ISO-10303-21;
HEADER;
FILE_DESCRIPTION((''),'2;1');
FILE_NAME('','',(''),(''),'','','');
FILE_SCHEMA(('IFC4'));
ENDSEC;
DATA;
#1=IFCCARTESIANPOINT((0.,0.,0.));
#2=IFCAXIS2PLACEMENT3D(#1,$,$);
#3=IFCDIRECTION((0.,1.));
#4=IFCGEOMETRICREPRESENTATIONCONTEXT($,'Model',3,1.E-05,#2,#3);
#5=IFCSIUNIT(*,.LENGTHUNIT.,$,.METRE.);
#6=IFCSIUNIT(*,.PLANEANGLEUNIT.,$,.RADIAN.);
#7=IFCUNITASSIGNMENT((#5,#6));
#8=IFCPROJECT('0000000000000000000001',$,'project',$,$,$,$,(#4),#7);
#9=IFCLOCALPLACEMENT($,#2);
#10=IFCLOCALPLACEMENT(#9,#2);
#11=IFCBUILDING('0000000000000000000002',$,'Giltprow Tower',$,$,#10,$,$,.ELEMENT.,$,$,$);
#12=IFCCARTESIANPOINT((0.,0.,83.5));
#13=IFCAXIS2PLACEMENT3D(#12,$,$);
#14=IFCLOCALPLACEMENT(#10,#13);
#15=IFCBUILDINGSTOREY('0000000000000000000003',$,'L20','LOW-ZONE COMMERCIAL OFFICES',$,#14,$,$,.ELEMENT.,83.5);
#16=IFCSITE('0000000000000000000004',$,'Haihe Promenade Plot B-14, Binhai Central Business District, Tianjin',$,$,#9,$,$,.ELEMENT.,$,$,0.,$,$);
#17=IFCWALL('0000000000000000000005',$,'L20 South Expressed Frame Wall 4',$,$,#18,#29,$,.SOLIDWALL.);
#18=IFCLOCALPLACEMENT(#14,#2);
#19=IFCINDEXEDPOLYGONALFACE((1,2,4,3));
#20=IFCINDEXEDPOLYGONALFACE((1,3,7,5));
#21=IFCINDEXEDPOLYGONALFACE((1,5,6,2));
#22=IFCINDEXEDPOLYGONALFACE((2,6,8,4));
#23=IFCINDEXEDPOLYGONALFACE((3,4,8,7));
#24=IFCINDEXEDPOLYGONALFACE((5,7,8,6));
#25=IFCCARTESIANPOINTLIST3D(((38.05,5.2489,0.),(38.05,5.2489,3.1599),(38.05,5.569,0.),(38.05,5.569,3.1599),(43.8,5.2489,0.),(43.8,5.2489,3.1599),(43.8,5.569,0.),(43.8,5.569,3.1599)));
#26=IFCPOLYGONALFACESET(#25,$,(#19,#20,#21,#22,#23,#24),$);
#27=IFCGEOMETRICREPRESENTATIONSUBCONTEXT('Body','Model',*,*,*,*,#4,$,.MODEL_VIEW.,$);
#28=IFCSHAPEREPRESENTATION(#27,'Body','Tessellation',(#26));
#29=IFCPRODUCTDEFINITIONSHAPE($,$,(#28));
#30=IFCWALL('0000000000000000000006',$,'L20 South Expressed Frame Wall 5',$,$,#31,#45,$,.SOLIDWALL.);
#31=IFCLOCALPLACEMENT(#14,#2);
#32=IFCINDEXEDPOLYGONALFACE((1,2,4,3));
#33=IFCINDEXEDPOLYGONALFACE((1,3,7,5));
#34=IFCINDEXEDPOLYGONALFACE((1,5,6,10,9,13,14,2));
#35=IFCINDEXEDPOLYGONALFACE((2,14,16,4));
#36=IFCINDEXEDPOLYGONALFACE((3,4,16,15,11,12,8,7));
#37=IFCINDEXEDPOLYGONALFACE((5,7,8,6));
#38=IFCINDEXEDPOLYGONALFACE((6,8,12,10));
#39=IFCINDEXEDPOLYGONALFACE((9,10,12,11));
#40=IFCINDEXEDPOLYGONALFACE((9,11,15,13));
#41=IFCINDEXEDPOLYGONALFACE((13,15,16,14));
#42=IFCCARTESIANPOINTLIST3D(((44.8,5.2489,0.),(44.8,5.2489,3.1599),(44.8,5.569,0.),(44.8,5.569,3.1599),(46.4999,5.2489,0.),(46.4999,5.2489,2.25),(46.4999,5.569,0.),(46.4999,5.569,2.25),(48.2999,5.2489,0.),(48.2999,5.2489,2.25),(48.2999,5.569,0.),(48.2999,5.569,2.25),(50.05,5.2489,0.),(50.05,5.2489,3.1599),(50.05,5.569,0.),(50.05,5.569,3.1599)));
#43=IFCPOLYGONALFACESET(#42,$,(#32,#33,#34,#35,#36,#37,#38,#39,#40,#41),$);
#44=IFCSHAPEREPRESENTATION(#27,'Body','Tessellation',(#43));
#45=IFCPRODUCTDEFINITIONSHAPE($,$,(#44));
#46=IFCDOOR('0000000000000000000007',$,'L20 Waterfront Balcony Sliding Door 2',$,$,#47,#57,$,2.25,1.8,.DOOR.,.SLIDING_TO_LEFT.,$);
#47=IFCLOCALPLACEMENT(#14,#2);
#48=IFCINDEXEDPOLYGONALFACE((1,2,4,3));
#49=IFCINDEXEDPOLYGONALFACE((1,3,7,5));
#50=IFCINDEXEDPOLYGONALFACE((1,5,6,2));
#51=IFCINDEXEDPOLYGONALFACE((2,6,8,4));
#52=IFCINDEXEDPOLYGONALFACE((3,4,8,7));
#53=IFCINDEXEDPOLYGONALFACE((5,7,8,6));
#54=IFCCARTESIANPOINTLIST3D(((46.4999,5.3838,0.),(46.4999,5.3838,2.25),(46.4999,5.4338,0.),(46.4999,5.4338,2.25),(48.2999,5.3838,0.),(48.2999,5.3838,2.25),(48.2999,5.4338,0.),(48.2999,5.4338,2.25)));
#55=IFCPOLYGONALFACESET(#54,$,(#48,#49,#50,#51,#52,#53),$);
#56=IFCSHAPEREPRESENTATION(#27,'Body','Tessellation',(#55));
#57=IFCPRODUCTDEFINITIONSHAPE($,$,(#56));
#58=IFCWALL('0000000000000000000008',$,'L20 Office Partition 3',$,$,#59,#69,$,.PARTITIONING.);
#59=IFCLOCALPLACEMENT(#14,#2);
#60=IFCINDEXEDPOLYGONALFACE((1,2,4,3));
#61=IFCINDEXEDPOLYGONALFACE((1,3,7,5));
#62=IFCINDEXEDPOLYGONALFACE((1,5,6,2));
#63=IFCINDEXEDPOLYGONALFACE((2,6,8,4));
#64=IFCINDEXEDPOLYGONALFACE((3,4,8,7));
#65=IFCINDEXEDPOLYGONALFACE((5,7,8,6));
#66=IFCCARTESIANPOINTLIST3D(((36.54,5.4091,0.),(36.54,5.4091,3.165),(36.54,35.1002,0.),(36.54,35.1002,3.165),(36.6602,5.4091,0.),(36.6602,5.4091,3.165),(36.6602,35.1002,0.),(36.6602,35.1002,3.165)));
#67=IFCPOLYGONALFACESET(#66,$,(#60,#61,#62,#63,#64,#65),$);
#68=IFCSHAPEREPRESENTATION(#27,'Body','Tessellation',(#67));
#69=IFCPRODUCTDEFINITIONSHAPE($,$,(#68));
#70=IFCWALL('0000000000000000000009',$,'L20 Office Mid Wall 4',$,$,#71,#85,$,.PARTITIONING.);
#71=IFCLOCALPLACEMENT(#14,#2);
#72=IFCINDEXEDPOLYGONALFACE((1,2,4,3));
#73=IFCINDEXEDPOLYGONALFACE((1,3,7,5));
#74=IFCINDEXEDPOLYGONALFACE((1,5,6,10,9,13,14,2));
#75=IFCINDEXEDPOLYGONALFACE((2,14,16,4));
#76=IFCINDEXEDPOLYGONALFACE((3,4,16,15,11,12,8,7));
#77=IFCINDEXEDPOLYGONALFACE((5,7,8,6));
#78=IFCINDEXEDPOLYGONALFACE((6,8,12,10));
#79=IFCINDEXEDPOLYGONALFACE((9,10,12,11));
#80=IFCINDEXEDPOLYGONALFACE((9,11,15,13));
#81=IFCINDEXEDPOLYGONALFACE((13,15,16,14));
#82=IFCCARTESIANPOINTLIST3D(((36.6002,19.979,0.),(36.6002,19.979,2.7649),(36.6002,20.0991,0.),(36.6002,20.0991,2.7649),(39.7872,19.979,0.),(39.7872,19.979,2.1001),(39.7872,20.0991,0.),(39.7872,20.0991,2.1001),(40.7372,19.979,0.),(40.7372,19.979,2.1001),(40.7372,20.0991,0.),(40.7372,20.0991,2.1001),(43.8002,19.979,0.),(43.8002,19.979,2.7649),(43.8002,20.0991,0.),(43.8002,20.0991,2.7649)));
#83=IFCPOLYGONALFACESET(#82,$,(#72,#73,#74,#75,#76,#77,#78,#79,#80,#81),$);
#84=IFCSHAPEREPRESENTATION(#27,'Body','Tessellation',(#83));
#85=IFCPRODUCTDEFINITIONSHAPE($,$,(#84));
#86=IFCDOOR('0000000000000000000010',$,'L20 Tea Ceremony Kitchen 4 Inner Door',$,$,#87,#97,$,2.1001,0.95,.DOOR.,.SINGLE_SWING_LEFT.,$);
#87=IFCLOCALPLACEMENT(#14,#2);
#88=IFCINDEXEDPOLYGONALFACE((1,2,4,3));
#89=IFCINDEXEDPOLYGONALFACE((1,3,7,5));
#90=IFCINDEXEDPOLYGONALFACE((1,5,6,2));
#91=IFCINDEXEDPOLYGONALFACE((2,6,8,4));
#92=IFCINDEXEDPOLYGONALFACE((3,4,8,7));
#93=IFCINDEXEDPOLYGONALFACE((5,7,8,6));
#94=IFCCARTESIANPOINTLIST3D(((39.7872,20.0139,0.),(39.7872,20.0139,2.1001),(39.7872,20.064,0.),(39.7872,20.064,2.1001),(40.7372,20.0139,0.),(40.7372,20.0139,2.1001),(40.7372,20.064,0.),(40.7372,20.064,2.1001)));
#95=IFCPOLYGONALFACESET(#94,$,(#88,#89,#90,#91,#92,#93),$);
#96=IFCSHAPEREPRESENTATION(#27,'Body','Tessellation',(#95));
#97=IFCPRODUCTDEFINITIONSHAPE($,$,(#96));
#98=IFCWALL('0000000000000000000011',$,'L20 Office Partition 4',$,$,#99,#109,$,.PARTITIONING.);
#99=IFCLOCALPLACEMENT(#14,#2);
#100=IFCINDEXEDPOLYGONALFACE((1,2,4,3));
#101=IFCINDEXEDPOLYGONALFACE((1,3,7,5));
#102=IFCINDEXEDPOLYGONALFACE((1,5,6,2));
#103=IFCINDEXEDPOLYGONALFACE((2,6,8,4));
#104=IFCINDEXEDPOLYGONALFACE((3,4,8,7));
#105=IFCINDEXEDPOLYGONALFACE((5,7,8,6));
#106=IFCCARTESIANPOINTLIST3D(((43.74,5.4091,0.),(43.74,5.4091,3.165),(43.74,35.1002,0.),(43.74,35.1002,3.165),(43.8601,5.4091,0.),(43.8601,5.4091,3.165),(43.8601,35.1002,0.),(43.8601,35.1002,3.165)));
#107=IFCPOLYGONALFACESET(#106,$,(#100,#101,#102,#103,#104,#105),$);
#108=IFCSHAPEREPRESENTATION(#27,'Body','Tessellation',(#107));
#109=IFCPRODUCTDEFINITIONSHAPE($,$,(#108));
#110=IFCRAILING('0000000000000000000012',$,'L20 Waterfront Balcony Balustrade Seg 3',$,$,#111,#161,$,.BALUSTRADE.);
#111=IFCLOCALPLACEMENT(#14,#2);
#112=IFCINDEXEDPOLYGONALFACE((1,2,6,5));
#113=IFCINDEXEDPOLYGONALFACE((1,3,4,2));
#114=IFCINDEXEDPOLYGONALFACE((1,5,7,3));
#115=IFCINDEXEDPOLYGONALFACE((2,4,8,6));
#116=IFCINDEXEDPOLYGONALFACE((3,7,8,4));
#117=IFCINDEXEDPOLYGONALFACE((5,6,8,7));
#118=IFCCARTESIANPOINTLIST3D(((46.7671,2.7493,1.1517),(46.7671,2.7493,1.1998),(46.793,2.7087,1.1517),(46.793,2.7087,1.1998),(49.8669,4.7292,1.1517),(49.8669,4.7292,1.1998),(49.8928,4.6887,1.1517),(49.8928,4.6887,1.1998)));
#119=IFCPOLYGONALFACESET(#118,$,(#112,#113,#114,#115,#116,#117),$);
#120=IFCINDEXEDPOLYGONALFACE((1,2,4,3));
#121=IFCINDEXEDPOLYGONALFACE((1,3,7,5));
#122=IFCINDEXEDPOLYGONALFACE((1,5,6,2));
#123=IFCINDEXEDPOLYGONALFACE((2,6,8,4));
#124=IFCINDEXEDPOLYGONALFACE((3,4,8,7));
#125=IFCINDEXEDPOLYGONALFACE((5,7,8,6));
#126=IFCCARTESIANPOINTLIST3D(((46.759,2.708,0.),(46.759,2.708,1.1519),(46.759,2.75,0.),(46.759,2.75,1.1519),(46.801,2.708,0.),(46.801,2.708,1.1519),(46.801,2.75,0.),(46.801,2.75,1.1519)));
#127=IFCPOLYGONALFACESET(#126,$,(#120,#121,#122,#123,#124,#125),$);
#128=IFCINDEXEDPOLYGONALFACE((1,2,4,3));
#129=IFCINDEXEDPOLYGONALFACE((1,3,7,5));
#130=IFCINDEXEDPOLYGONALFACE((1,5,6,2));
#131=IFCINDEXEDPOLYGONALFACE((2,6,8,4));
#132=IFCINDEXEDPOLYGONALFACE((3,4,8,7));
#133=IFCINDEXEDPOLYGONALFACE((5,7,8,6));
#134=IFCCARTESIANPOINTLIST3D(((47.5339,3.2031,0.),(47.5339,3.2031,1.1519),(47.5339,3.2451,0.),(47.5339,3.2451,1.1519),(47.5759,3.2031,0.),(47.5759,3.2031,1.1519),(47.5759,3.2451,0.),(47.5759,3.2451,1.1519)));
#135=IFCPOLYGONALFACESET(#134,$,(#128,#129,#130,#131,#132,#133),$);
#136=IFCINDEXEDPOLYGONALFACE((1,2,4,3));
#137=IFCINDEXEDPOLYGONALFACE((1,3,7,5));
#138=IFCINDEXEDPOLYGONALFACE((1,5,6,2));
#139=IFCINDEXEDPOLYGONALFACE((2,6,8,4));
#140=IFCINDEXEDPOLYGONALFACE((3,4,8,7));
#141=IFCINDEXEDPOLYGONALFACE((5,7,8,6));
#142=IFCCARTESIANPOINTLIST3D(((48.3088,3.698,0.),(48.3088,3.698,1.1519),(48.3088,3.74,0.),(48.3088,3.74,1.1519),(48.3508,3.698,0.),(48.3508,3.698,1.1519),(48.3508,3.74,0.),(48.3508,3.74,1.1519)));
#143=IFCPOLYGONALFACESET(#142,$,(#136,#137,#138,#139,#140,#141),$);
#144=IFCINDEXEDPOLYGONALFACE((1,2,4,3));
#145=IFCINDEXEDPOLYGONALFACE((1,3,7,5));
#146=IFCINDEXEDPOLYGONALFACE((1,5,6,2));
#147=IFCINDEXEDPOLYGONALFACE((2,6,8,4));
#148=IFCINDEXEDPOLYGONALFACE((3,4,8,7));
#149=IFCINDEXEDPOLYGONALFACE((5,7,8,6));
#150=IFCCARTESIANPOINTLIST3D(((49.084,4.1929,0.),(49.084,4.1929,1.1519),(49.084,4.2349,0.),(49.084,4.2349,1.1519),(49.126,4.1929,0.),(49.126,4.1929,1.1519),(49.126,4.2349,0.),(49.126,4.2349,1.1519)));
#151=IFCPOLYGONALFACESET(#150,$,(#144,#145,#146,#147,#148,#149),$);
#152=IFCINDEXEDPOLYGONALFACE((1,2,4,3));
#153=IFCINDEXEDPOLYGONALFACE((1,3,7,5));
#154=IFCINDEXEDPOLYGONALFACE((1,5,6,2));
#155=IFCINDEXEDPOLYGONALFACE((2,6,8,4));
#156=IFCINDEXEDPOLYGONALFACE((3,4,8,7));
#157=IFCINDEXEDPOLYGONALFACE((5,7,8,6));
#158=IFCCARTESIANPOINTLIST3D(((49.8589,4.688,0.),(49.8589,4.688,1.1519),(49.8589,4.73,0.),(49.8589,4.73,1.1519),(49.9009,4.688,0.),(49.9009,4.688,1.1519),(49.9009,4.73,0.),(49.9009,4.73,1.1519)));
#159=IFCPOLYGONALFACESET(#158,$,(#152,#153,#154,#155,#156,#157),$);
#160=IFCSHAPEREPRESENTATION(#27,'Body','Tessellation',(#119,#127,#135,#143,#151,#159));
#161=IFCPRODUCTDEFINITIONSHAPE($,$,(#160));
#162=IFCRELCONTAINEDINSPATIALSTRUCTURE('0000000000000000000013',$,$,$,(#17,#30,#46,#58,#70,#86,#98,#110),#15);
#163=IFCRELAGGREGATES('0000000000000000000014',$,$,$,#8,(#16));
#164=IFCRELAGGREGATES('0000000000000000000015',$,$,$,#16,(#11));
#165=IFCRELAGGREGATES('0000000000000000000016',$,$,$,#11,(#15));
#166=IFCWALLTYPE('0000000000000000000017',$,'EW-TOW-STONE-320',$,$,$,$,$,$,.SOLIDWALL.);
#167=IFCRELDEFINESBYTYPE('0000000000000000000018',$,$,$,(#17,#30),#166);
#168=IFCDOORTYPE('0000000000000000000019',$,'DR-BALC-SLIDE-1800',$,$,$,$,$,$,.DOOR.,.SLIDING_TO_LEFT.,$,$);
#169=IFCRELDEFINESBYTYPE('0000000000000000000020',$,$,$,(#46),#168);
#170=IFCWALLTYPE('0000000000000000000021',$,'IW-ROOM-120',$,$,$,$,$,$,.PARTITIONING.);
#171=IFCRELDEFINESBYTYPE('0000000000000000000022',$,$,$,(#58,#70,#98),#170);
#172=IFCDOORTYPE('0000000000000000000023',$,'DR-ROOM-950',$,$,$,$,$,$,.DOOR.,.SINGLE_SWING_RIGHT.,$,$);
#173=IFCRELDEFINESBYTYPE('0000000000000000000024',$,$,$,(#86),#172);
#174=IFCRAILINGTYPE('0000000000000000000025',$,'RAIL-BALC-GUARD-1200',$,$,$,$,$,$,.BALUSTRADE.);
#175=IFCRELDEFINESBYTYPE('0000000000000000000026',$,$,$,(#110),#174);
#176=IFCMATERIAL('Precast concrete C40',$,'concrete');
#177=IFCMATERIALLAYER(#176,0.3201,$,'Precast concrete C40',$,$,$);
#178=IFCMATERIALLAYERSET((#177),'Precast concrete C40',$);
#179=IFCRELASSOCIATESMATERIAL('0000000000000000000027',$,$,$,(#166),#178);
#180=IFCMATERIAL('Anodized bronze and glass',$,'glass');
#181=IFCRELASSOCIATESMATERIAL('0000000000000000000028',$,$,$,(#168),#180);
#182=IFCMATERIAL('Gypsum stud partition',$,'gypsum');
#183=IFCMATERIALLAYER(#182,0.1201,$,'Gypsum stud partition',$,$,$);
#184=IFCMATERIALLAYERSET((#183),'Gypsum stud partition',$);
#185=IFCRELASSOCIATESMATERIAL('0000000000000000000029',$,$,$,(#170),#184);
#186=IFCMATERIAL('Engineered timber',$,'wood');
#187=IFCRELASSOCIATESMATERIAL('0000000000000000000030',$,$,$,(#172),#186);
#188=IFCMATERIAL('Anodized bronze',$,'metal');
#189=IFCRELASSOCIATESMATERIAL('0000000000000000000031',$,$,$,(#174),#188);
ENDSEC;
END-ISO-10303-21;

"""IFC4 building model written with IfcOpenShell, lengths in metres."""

from ifc_helpers import new_model, si_unit, direction, frame, frame_2d, origin, origin_2d, place, context, subcontext, project, spatial, rectangle, extrude, source, transform, mapped, material, layer, layer_set, type_object, element, fill, save


model = new_model("IFC4")

# Units and contexts
model_context = context("Model", 3, precision=1e-05, world=origin(), true_north=direction((0.0, 1.0)))
body_context = subcontext(model_context, "Body", "Model", "MODEL_VIEW")
ifc_project = project(units=[si_unit("LENGTHUNIT", "METRE"), si_unit("PLANEANGLEUNIT", "RADIAN")], contexts=[model_context])

# Site, building, storey
site_placement = place(None, origin())
site = spatial("IfcSite", under=ifc_project, at=site_placement, Name="Haihe Promenade Plot B-14, Binhai Central Business District, Tianjin", CompositionType="ELEMENT", RefElevation=0.0)
building_placement = place(site_placement, origin())
building = spatial("IfcBuilding", under=site, at=building_placement, Name="Giltprow Tower", CompositionType="ELEMENT")
storey_placement = place(building_placement, frame((0.0, 0.0, 83.5)))
storey = spatial("IfcBuildingStorey", under=building, at=storey_placement, Name="L20", Description="LOW-ZONE COMMERCIAL OFFICES", CompositionType="ELEMENT", Elevation=83.5)

# Shared definitions
ifc_material_1 = material(Name="Anodized bronze", Category="metal")

# Wall
ifc_material_2 = material(Name="Precast concrete C40", Category="concrete")
ifc_layer_1 = layer(ifc_material_2, 0.3201, Name="Precast concrete C40")
ifc_layer_set_1 = layer_set([ifc_layer_1], Name="Precast concrete C40")
wall_type_1 = type_object("IfcWallType", Name="EW-TOW-STONE-320", PredefinedType="SOLIDWALL", material=ifc_layer_set_1)
for number, where, z_axis, x_axis, name in (
    (1, (38.05, 5.4089, 0.0), (0.0, 0.0, 1.0), (1.0, 0.0, 0.0), "L20 South Expressed Frame Wall 4"),
):
    element("IfcWall", number, at=place(storey_placement, frame(where, z_axis=z_axis, x_axis=x_axis)), inside=storey, type_object=wall_type_1, Name=name, PredefinedType="SOLIDWALL", context=body_context, shape_type="SweptSolid", body=[
        extrude(rectangle(XDim=5.75, YDim=0.3201, at=frame_2d((2.875, 0.0))), origin(), (0.0, 0.0, 1.0), 3.1599),
    ])

# Wall, opening, door
wall_1_placement = place(storey_placement, frame((44.8, 5.4089, 0.0), z_axis=(0.0, 0.0, 1.0), x_axis=(1.0, 0.0, 0.0)))
wall_1 = element("IfcWall", 2, at=wall_1_placement, inside=storey, type_object=wall_type_1, Name="L20 South Expressed Frame Wall 5", PredefinedType="SOLIDWALL", context=body_context, shape_type="SweptSolid", body=[
    extrude(rectangle(XDim=5.25, YDim=0.3201, at=frame_2d((2.625, 0.0))), origin(), (0.0, 0.0, 1.0), 3.1599),
])
opening_1_placement = place(wall_1_placement, frame((1.7, 0.0, 0.0)))
opening_1 = element("IfcOpeningElement", 3, at=opening_1_placement, cuts=wall_1, PredefinedType="OPENING", context=body_context, shape_type="SweptSolid", body=[
    extrude(rectangle(XDim=1.8, YDim=2.25, at=frame_2d((0.8999, 1.125))), frame((0.0, 0.1699, 0.0), z_axis=(0.0, -1.0, 0.0), x_axis=(1.0, 0.0, 0.0)), (0.0, 0.0, 1.0), 0.3401),
])
ifc_material_3 = material(Name="Anodized bronze and glass", Category="glass")
door_type_1 = type_object("IfcDoorType", Name="DR-BALC-SLIDE-1800", OperationType="SLIDING_TO_LEFT", PredefinedType="DOOR", material=ifc_material_3)
shared_shape_1 = source(origin(), body_context, "Body", "SweptSolid", [
    extrude(rectangle(XDim=1.8, YDim=2.25, at=frame_2d((0.8999, 1.125))), frame((0.0, 0.0249, 0.0), z_axis=(0.0, -1.0, 0.0), x_axis=(1.0, 0.0, 0.0)), (0.0, 0.0, 1.0), 0.05),
])
door_1_placement = place(opening_1_placement, origin())
door_1 = element("IfcDoor", 4, at=door_1_placement, inside=storey, type_object=door_type_1, Name="L20 Waterfront Balcony Sliding Door 2", OperationType="SLIDING_TO_LEFT", OverallHeight=2.25, OverallWidth=1.8, PredefinedType="DOOR", context=body_context, shape_type="MappedRepresentation", body=[
    mapped(shared_shape_1, transform((0.0, 0.0, 0.0), x_axis=(1.0, 0.0, 0.0), y_axis=(0.0, 1.0, 0.0), z_axis=(0.0, 0.0, 1.0), scale=1.0)),
])
fill(opening_1, door_1)

# Wall
ifc_material_4 = material(Name="Gypsum stud partition", Category="gypsum")
ifc_layer_2 = layer(ifc_material_4, 0.1201, Name="Gypsum stud partition")
ifc_layer_set_2 = layer_set([ifc_layer_2], Name="Gypsum stud partition")
wall_type_2 = type_object("IfcWallType", Name="IW-ROOM-120", PredefinedType="PARTITIONING", material=ifc_layer_set_2)
wall_2_placement = place(storey_placement, frame((36.6001, 5.4089, 0.0), z_axis=(0.0, 0.0, 1.0), x_axis=(0.0, 1.0, 0.0)))
element("IfcWall", 5, at=wall_2_placement, inside=storey, type_object=wall_type_2, Name="L20 Office Partition 3", PredefinedType="PARTITIONING", context=body_context, shape_type="SweptSolid", body=[
    extrude(rectangle(XDim=29.6912, YDim=0.1201, at=frame_2d((14.8457, 0.0))), origin(), (0.0, 0.0, 1.0), 3.165),
])

# Wall, opening, door
wall_3_placement = place(storey_placement, frame((36.6001, 20.0391, 0.0), z_axis=(0.0, 0.0, 1.0), x_axis=(1.0, 0.0, 0.0)))
wall_3 = element("IfcWall", 6, at=wall_3_placement, inside=storey, type_object=wall_type_2, Name="L20 Office Mid Wall 4", PredefinedType="PARTITIONING", context=body_context, shape_type="SweptSolid", body=[
    extrude(rectangle(XDim=7.2, YDim=0.1201, at=frame_2d((3.6001, 0.0))), origin(), (0.0, 0.0, 1.0), 2.7649),
])
opening_2_placement = place(wall_3_placement, frame((3.187, 0.0, 0.0)))
opening_2 = element("IfcOpeningElement", 7, at=opening_2_placement, cuts=wall_3, PredefinedType="OPENING", context=body_context, shape_type="SweptSolid", body=[
    extrude(rectangle(XDim=0.95, YDim=2.1001, at=frame_2d((0.4751, 1.05))), frame((0.0, 0.0701, 0.0), z_axis=(0.0, -1.0, 0.0), x_axis=(1.0, 0.0, 0.0)), (0.0, 0.0, 1.0), 0.1401),
])
ifc_material_5 = material(Name="Engineered timber", Category="wood")
door_type_2 = type_object("IfcDoorType", Name="DR-ROOM-950", OperationType="SINGLE_SWING_RIGHT", PredefinedType="DOOR", material=ifc_material_5)
shared_shape_2 = source(origin(), body_context, "Body", "SweptSolid", [
    extrude(rectangle(XDim=0.95, YDim=2.1001, at=frame_2d((0.4751, 1.05))), frame((0.0, 0.0249, 0.0), z_axis=(0.0, -1.0, 0.0), x_axis=(1.0, 0.0, 0.0)), (0.0, 0.0, 1.0), 0.05),
])
door_2_placement = place(opening_2_placement, origin())
door_2 = element("IfcDoor", 8, at=door_2_placement, inside=storey, type_object=door_type_2, Name="L20 Tea Ceremony Kitchen 4 Inner Door", OperationType="SINGLE_SWING_LEFT", OverallHeight=2.1001, OverallWidth=0.95, PredefinedType="DOOR", context=body_context, shape_type="MappedRepresentation", body=[
    mapped(shared_shape_2, transform((0.0, 0.0, 0.0), x_axis=(1.0, 0.0, 0.0), y_axis=(0.0, 1.0, 0.0), z_axis=(0.0, 0.0, 1.0), scale=1.0)),
])
fill(opening_2, door_2)

# Wall
wall_4_placement = place(storey_placement, frame((43.8, 5.4089, 0.0), z_axis=(0.0, 0.0, 1.0), x_axis=(0.0, 1.0, 0.0)))
element("IfcWall", 9, at=wall_4_placement, inside=storey, type_object=wall_type_2, Name="L20 Office Partition 4", PredefinedType="PARTITIONING", context=body_context, shape_type="SweptSolid", body=[
    extrude(rectangle(XDim=29.6912, YDim=0.1201, at=frame_2d((14.8457, 0.0))), origin(), (0.0, 0.0, 1.0), 3.165),
])

# Railing
railing_type = type_object("IfcRailingType", Name="RAIL-BALC-GUARD-1200", PredefinedType="BALUSTRADE", material=ifc_material_1)
railing_1_placement = place(storey_placement, frame((46.78, 2.729, 0.0)))
element("IfcRailing", 10, at=railing_1_placement, inside=storey, type_object=railing_type, Name="L20 Waterfront Balcony Balustrade Seg 3", PredefinedType="BALUSTRADE", context=body_context, shape_type="SweptSolid", body=[
    extrude(rectangle(XDim=0.0481, YDim=0.0481, at=origin_2d()), frame((0.0, 0.0, 1.1758), z_axis=(0.842756, 0.538296, 0.0), x_axis=(-0.538296, 0.842756, 0.0)), (0.0, 0.0, 1.0), 3.6782),
    extrude(rectangle(XDim=0.042, YDim=0.042, at=origin_2d()), origin(), (0.0, 0.0, 1.0), 1.1519),
    extrude(rectangle(XDim=0.042, YDim=0.042, at=origin_2d()), frame((0.7749, 0.4951, 0.0)), (0.0, 0.0, 1.0), 1.1519),
    extrude(rectangle(XDim=0.042, YDim=0.042, at=origin_2d()), frame((1.5498, 0.99, 0.0)), (0.0, 0.0, 1.0), 1.1519),
    extrude(rectangle(XDim=0.042, YDim=0.042, at=origin_2d()), frame((2.325, 1.4849, 0.0)), (0.0, 0.0, 1.0), 1.1519),
    extrude(rectangle(XDim=0.042, YDim=0.042, at=origin_2d()), frame((3.0999, 1.98, 0.0)), (0.0, 0.0, 1.0), 1.1519),
])

save(model, "model.ifc")
